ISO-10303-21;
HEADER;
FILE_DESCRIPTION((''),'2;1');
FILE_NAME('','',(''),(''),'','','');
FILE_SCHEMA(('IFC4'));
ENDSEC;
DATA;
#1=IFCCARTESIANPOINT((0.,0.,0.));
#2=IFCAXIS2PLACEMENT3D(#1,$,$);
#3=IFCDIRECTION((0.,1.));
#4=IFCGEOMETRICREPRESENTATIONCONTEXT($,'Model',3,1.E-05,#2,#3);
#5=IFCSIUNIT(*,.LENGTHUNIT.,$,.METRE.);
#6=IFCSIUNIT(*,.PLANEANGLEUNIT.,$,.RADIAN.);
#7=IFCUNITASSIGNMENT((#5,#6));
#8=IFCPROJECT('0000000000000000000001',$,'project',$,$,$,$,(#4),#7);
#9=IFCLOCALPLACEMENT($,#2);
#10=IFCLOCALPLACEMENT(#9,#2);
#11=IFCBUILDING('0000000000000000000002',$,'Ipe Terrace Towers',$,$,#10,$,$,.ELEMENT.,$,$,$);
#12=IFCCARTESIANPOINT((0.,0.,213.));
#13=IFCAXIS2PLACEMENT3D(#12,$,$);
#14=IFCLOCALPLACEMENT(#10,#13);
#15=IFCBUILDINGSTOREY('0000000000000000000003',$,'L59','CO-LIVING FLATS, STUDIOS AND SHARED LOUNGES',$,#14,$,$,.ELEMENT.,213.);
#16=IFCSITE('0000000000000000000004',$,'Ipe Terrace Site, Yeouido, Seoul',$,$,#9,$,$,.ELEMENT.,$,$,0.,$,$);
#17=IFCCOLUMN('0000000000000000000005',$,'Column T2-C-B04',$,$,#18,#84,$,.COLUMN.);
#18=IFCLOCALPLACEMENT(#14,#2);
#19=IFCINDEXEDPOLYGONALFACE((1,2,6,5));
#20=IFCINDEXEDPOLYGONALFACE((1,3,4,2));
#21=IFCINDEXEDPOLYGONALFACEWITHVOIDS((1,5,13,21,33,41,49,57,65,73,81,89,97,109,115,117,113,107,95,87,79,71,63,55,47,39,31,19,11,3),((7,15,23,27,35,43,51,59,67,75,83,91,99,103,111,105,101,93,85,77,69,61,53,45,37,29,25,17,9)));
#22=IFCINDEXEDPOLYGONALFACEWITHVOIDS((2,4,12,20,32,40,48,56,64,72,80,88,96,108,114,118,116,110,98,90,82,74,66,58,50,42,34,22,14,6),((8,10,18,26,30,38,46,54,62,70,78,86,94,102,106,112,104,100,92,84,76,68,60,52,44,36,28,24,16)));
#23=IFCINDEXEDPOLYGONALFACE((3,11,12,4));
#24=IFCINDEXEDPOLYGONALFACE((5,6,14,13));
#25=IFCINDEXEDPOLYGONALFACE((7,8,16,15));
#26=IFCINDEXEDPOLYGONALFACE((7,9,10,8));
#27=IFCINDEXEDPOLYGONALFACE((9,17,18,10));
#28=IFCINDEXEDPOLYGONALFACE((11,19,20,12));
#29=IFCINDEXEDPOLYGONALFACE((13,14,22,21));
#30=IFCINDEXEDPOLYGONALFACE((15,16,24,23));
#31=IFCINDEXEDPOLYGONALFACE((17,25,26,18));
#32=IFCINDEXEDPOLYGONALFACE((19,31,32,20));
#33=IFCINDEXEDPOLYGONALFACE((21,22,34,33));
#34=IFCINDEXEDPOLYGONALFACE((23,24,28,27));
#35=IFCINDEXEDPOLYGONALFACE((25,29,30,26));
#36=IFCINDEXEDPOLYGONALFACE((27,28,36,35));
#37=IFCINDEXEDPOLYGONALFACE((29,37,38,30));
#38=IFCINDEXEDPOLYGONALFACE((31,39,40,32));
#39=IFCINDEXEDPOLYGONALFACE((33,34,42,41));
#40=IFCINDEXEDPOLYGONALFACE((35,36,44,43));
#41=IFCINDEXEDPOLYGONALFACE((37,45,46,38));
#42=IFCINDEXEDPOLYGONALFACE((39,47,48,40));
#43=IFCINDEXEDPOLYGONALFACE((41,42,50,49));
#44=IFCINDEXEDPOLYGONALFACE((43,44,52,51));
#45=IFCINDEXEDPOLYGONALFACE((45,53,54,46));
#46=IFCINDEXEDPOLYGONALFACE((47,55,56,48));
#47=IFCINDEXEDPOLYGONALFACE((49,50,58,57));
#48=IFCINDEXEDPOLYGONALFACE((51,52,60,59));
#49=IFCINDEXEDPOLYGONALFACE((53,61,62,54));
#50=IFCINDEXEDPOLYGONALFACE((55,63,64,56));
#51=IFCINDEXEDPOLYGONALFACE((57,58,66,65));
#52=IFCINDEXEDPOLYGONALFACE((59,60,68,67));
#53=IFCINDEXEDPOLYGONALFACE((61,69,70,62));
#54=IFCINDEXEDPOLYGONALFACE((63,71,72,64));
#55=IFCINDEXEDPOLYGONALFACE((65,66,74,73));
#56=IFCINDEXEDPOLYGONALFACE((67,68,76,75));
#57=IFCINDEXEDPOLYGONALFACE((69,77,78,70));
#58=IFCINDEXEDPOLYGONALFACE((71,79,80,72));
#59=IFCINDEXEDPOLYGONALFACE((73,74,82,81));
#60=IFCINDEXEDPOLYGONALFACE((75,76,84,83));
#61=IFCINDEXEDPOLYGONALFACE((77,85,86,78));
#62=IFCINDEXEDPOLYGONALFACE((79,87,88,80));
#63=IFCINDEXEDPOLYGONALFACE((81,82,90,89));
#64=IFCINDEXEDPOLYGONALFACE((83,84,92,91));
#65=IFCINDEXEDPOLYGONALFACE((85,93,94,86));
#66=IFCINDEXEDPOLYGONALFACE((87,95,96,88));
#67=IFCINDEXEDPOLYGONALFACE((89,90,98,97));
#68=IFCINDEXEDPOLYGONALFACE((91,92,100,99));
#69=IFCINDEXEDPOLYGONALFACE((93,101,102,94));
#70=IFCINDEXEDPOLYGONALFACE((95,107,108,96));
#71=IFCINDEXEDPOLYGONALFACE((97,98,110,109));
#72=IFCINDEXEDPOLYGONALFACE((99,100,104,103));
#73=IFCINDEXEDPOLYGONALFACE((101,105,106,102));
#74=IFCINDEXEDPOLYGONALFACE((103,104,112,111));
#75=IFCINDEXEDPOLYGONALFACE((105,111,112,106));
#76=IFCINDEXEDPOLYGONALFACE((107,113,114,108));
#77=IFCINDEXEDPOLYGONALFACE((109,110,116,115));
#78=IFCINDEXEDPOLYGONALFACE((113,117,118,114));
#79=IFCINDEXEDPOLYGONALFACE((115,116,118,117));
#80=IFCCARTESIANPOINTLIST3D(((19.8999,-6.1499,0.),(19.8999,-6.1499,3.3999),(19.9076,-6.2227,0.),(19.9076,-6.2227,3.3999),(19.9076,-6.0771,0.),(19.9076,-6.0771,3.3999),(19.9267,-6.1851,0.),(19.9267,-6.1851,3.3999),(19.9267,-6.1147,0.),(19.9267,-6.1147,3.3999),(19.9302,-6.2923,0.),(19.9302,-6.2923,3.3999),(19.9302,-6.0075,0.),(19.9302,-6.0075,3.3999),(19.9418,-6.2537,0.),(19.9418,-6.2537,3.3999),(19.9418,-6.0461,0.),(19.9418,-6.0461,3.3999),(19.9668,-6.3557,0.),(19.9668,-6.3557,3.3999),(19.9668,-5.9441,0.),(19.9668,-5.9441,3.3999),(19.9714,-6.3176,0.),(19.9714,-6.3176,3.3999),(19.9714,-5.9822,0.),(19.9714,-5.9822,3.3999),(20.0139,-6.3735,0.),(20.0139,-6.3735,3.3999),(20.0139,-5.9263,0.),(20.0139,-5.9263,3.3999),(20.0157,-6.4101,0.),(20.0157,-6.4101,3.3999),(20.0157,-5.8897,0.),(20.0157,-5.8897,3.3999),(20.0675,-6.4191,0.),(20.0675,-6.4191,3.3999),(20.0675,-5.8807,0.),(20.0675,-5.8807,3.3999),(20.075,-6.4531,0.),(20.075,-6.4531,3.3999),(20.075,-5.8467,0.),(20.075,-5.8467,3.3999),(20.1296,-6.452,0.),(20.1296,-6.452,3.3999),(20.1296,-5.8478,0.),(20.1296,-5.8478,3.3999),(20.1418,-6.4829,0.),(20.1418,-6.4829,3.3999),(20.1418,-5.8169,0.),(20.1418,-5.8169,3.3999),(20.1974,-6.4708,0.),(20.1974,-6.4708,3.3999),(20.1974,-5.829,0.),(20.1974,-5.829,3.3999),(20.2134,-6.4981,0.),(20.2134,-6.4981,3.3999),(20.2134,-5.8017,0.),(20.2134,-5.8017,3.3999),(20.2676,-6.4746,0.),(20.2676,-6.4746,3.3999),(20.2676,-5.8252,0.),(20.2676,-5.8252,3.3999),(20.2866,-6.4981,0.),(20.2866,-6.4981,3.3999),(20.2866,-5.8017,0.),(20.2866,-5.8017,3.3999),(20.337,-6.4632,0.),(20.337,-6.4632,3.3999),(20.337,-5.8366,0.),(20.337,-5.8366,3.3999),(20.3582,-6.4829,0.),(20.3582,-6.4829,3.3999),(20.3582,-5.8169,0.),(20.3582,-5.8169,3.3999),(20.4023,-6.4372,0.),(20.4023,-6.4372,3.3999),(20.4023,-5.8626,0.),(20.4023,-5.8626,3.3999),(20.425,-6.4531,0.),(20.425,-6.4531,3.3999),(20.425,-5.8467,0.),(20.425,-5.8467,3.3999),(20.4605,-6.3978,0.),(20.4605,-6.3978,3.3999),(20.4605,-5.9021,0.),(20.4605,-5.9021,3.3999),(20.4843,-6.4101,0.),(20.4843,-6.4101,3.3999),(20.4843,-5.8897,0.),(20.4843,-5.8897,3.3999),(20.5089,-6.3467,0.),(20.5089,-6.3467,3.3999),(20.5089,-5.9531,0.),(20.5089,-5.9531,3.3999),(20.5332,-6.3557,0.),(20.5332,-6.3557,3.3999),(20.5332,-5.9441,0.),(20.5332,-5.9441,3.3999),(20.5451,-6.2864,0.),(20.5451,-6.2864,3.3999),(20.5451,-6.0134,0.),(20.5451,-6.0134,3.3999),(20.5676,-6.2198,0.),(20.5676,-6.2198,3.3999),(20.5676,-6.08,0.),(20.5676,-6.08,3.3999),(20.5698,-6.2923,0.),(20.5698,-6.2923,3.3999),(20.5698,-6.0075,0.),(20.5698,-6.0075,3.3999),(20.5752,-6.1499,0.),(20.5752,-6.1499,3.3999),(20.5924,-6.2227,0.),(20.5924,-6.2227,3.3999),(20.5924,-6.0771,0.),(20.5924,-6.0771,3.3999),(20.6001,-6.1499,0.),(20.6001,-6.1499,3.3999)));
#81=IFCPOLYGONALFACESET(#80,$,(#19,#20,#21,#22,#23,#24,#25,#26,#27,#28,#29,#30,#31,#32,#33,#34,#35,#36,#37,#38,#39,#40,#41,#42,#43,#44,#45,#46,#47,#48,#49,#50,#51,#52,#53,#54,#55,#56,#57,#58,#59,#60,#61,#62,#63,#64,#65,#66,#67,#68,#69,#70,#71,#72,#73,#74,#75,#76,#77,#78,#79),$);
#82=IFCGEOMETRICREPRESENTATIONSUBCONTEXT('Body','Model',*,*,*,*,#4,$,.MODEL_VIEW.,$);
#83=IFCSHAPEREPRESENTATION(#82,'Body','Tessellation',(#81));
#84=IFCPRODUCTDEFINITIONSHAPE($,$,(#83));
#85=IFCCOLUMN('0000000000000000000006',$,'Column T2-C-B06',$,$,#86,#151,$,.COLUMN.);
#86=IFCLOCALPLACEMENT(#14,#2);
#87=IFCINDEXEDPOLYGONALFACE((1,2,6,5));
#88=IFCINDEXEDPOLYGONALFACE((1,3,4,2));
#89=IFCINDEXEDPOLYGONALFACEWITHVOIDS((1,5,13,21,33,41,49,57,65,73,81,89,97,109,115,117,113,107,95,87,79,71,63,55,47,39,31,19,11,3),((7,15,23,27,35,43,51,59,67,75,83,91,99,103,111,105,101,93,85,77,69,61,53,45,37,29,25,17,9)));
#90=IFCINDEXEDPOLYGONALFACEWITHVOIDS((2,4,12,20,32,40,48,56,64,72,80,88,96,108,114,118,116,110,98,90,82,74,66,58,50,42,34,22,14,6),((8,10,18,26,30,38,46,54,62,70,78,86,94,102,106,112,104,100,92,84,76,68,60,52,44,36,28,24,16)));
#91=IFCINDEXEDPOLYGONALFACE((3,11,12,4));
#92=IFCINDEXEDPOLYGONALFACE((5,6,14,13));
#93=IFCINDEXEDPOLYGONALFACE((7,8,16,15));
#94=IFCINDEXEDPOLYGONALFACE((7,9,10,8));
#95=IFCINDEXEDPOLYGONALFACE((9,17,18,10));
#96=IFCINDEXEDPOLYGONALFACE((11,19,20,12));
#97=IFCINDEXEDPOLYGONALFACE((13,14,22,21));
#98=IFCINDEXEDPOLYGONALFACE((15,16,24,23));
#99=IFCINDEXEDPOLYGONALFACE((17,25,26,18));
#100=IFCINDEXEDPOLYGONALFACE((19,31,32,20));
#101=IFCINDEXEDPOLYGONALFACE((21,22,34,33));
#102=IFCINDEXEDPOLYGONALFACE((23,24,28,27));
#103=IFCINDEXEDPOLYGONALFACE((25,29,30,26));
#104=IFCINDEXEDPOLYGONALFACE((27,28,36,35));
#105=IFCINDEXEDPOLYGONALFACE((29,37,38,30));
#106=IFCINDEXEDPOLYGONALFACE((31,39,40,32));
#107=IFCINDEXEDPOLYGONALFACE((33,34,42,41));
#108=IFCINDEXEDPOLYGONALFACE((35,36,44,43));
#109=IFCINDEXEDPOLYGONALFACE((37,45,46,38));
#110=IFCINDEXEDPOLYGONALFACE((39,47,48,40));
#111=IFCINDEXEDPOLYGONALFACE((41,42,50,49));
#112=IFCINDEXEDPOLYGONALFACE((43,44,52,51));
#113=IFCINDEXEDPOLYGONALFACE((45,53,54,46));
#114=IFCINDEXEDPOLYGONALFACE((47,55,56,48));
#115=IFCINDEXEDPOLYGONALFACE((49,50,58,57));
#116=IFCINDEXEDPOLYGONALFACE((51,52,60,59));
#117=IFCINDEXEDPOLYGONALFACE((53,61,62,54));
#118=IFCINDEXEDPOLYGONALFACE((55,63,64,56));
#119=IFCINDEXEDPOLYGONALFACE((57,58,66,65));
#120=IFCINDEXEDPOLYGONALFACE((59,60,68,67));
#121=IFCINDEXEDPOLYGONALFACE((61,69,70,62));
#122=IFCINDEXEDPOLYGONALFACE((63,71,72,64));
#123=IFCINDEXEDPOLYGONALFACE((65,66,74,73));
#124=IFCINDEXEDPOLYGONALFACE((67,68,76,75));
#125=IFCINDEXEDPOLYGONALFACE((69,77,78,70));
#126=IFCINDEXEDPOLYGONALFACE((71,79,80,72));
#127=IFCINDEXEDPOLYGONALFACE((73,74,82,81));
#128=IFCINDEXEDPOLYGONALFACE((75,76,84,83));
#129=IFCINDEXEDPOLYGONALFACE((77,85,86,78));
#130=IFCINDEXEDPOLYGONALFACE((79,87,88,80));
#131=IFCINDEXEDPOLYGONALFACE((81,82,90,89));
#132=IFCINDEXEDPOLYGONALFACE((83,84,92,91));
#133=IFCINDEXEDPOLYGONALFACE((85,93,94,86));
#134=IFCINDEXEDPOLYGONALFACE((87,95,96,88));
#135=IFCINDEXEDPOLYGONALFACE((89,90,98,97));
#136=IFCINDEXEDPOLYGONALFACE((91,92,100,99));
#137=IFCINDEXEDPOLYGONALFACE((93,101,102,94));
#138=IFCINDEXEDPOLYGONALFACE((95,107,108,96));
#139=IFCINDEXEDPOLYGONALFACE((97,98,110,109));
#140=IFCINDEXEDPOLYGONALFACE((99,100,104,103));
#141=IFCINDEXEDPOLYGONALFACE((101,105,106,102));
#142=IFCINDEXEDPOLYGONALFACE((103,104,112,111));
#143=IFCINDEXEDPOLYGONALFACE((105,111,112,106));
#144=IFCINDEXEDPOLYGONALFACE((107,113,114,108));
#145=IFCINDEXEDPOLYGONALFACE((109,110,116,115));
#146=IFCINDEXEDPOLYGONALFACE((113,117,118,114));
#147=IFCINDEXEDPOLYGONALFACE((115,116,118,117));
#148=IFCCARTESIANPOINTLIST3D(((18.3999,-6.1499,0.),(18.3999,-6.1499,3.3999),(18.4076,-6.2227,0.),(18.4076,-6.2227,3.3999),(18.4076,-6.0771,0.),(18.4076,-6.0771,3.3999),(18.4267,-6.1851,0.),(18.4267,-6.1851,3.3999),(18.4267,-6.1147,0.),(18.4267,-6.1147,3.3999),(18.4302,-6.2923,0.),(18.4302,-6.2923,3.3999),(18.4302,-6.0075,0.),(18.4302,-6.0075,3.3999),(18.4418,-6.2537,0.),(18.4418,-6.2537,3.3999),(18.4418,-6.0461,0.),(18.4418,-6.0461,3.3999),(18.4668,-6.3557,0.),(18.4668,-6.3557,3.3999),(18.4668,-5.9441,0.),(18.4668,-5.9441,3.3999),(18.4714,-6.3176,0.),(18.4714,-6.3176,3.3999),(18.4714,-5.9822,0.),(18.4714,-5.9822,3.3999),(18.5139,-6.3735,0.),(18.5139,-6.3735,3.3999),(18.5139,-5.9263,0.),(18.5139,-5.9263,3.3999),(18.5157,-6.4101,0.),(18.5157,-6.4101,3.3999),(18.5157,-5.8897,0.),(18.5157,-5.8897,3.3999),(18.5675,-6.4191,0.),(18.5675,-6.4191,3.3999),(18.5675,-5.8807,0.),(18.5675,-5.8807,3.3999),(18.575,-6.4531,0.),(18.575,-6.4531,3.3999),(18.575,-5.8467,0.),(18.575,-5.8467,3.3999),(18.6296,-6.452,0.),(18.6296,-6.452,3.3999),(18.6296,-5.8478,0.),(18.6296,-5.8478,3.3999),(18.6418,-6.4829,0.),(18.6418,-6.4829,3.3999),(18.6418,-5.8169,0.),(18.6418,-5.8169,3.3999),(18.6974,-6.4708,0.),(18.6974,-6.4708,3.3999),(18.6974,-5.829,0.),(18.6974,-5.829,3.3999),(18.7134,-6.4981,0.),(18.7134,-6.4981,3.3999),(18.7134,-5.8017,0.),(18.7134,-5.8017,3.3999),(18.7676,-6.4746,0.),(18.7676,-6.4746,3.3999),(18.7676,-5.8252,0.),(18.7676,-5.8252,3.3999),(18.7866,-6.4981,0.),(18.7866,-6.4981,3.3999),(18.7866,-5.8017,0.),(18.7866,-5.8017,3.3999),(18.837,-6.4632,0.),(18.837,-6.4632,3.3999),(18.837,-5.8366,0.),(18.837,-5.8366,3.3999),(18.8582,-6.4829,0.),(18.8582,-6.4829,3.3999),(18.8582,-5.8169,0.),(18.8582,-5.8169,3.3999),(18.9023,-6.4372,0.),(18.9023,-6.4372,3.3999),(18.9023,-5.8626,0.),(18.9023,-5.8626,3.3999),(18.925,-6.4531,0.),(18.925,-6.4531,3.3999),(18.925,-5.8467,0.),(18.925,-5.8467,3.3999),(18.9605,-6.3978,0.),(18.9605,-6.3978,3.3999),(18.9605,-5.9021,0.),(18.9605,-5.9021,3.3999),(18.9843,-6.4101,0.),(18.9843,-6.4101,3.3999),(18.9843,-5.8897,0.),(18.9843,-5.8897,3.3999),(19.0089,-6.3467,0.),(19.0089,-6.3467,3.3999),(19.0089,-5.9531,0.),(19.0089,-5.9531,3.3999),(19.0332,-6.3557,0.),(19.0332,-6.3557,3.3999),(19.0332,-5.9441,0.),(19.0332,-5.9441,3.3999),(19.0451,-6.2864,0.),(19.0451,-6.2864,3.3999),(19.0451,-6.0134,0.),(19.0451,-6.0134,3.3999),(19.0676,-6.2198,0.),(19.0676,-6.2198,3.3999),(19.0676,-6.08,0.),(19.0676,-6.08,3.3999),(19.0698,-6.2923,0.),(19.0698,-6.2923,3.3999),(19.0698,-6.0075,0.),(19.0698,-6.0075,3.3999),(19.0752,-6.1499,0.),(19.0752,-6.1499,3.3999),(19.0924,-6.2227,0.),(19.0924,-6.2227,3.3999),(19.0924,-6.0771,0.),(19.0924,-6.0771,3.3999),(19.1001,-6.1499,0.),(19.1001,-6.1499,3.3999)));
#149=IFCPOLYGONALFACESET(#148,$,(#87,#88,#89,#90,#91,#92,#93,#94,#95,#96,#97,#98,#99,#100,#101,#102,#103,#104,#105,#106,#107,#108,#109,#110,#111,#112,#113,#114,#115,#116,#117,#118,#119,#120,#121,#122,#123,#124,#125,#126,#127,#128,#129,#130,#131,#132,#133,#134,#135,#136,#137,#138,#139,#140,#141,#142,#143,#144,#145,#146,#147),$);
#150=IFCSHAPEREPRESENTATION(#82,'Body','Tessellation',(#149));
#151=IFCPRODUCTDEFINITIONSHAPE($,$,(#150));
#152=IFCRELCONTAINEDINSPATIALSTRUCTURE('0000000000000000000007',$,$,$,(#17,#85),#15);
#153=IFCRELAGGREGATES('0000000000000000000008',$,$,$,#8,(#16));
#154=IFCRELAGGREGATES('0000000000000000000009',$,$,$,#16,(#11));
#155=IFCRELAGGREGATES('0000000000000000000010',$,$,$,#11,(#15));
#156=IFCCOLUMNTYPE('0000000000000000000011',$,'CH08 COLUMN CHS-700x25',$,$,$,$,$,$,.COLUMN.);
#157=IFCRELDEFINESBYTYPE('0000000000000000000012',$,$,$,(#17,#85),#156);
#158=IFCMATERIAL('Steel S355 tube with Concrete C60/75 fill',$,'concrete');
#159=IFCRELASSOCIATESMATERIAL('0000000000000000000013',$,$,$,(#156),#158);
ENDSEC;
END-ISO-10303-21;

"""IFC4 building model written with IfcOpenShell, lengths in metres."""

from ifc_helpers import new_model, si_unit, direction, frame, origin, origin_2d, place, context, subcontext, project, spatial, hollow_circle, extrude, material, material_profile, profile_set, type_object, element, save


model = new_model("IFC4")

# Units and contexts
model_context = context("Model", 3, precision=1e-05, world=origin(), true_north=direction((0.0, 1.0)))
body_context = subcontext(model_context, "Body", "Model", "MODEL_VIEW")
ifc_project = project(units=[si_unit("LENGTHUNIT", "METRE"), si_unit("PLANEANGLEUNIT", "RADIAN")], contexts=[model_context])

# Site, building, storey
site_placement = place(None, origin())
site = spatial("IfcSite", under=ifc_project, at=site_placement, Name="Ipe Terrace Site, Yeouido, Seoul", CompositionType="ELEMENT", RefElevation=0.0)
building_placement = place(site_placement, origin())
building = spatial("IfcBuilding", under=site, at=building_placement, Name="Ipe Terrace Towers", CompositionType="ELEMENT")
storey_placement = place(building_placement, frame((0.0, 0.0, 213.0)))
storey = spatial("IfcBuildingStorey", under=building, at=storey_placement, Name="L59", Description="CO-LIVING FLATS, STUDIOS AND SHARED LOUNGES", CompositionType="ELEMENT", Elevation=213.0)

# Columns
ifc_material_1 = material(Name="Steel S355 tube with Concrete C60/75 fill", Category="concrete")
ifc_material_profile_1 = material_profile(ifc_material_1, hollow_circle(Radius=0.3501, WallThickness=0.0249, at=origin_2d()), Name="CHS-700x25")
ifc_profile_set_1 = profile_set([ifc_material_profile_1], Name="Steel S355 tube with Concrete C60/75 fill")
column_type = type_object("IfcColumnType", Name="CH08 COLUMN CHS-700x25", PredefinedType="COLUMN", material=ifc_profile_set_1)
for number, where, z_axis, x_axis, name in (
    (1, (20.25, -6.1499, 0.0), (0.0, 0.0, 1.0), (1.0, 0.0, 0.0), "Column T2-C-B04"),
    (2, (18.75, -6.1499, 0.0), (0.0, 0.0, 1.0), (1.0, 0.0, 0.0), "Column T2-C-B06"),
):
    element("IfcColumn", number, at=place(storey_placement, frame(where, z_axis=z_axis, x_axis=x_axis)), inside=storey, type_object=column_type, Name=name, PredefinedType="COLUMN", context=body_context, shape_type="SweptSolid", body=[
        extrude(hollow_circle(Radius=0.3501, WallThickness=0.0249, at=origin_2d()), origin(), (0.0, 0.0, 1.0), 3.3999),
    ])

save(model, "model.ifc")
